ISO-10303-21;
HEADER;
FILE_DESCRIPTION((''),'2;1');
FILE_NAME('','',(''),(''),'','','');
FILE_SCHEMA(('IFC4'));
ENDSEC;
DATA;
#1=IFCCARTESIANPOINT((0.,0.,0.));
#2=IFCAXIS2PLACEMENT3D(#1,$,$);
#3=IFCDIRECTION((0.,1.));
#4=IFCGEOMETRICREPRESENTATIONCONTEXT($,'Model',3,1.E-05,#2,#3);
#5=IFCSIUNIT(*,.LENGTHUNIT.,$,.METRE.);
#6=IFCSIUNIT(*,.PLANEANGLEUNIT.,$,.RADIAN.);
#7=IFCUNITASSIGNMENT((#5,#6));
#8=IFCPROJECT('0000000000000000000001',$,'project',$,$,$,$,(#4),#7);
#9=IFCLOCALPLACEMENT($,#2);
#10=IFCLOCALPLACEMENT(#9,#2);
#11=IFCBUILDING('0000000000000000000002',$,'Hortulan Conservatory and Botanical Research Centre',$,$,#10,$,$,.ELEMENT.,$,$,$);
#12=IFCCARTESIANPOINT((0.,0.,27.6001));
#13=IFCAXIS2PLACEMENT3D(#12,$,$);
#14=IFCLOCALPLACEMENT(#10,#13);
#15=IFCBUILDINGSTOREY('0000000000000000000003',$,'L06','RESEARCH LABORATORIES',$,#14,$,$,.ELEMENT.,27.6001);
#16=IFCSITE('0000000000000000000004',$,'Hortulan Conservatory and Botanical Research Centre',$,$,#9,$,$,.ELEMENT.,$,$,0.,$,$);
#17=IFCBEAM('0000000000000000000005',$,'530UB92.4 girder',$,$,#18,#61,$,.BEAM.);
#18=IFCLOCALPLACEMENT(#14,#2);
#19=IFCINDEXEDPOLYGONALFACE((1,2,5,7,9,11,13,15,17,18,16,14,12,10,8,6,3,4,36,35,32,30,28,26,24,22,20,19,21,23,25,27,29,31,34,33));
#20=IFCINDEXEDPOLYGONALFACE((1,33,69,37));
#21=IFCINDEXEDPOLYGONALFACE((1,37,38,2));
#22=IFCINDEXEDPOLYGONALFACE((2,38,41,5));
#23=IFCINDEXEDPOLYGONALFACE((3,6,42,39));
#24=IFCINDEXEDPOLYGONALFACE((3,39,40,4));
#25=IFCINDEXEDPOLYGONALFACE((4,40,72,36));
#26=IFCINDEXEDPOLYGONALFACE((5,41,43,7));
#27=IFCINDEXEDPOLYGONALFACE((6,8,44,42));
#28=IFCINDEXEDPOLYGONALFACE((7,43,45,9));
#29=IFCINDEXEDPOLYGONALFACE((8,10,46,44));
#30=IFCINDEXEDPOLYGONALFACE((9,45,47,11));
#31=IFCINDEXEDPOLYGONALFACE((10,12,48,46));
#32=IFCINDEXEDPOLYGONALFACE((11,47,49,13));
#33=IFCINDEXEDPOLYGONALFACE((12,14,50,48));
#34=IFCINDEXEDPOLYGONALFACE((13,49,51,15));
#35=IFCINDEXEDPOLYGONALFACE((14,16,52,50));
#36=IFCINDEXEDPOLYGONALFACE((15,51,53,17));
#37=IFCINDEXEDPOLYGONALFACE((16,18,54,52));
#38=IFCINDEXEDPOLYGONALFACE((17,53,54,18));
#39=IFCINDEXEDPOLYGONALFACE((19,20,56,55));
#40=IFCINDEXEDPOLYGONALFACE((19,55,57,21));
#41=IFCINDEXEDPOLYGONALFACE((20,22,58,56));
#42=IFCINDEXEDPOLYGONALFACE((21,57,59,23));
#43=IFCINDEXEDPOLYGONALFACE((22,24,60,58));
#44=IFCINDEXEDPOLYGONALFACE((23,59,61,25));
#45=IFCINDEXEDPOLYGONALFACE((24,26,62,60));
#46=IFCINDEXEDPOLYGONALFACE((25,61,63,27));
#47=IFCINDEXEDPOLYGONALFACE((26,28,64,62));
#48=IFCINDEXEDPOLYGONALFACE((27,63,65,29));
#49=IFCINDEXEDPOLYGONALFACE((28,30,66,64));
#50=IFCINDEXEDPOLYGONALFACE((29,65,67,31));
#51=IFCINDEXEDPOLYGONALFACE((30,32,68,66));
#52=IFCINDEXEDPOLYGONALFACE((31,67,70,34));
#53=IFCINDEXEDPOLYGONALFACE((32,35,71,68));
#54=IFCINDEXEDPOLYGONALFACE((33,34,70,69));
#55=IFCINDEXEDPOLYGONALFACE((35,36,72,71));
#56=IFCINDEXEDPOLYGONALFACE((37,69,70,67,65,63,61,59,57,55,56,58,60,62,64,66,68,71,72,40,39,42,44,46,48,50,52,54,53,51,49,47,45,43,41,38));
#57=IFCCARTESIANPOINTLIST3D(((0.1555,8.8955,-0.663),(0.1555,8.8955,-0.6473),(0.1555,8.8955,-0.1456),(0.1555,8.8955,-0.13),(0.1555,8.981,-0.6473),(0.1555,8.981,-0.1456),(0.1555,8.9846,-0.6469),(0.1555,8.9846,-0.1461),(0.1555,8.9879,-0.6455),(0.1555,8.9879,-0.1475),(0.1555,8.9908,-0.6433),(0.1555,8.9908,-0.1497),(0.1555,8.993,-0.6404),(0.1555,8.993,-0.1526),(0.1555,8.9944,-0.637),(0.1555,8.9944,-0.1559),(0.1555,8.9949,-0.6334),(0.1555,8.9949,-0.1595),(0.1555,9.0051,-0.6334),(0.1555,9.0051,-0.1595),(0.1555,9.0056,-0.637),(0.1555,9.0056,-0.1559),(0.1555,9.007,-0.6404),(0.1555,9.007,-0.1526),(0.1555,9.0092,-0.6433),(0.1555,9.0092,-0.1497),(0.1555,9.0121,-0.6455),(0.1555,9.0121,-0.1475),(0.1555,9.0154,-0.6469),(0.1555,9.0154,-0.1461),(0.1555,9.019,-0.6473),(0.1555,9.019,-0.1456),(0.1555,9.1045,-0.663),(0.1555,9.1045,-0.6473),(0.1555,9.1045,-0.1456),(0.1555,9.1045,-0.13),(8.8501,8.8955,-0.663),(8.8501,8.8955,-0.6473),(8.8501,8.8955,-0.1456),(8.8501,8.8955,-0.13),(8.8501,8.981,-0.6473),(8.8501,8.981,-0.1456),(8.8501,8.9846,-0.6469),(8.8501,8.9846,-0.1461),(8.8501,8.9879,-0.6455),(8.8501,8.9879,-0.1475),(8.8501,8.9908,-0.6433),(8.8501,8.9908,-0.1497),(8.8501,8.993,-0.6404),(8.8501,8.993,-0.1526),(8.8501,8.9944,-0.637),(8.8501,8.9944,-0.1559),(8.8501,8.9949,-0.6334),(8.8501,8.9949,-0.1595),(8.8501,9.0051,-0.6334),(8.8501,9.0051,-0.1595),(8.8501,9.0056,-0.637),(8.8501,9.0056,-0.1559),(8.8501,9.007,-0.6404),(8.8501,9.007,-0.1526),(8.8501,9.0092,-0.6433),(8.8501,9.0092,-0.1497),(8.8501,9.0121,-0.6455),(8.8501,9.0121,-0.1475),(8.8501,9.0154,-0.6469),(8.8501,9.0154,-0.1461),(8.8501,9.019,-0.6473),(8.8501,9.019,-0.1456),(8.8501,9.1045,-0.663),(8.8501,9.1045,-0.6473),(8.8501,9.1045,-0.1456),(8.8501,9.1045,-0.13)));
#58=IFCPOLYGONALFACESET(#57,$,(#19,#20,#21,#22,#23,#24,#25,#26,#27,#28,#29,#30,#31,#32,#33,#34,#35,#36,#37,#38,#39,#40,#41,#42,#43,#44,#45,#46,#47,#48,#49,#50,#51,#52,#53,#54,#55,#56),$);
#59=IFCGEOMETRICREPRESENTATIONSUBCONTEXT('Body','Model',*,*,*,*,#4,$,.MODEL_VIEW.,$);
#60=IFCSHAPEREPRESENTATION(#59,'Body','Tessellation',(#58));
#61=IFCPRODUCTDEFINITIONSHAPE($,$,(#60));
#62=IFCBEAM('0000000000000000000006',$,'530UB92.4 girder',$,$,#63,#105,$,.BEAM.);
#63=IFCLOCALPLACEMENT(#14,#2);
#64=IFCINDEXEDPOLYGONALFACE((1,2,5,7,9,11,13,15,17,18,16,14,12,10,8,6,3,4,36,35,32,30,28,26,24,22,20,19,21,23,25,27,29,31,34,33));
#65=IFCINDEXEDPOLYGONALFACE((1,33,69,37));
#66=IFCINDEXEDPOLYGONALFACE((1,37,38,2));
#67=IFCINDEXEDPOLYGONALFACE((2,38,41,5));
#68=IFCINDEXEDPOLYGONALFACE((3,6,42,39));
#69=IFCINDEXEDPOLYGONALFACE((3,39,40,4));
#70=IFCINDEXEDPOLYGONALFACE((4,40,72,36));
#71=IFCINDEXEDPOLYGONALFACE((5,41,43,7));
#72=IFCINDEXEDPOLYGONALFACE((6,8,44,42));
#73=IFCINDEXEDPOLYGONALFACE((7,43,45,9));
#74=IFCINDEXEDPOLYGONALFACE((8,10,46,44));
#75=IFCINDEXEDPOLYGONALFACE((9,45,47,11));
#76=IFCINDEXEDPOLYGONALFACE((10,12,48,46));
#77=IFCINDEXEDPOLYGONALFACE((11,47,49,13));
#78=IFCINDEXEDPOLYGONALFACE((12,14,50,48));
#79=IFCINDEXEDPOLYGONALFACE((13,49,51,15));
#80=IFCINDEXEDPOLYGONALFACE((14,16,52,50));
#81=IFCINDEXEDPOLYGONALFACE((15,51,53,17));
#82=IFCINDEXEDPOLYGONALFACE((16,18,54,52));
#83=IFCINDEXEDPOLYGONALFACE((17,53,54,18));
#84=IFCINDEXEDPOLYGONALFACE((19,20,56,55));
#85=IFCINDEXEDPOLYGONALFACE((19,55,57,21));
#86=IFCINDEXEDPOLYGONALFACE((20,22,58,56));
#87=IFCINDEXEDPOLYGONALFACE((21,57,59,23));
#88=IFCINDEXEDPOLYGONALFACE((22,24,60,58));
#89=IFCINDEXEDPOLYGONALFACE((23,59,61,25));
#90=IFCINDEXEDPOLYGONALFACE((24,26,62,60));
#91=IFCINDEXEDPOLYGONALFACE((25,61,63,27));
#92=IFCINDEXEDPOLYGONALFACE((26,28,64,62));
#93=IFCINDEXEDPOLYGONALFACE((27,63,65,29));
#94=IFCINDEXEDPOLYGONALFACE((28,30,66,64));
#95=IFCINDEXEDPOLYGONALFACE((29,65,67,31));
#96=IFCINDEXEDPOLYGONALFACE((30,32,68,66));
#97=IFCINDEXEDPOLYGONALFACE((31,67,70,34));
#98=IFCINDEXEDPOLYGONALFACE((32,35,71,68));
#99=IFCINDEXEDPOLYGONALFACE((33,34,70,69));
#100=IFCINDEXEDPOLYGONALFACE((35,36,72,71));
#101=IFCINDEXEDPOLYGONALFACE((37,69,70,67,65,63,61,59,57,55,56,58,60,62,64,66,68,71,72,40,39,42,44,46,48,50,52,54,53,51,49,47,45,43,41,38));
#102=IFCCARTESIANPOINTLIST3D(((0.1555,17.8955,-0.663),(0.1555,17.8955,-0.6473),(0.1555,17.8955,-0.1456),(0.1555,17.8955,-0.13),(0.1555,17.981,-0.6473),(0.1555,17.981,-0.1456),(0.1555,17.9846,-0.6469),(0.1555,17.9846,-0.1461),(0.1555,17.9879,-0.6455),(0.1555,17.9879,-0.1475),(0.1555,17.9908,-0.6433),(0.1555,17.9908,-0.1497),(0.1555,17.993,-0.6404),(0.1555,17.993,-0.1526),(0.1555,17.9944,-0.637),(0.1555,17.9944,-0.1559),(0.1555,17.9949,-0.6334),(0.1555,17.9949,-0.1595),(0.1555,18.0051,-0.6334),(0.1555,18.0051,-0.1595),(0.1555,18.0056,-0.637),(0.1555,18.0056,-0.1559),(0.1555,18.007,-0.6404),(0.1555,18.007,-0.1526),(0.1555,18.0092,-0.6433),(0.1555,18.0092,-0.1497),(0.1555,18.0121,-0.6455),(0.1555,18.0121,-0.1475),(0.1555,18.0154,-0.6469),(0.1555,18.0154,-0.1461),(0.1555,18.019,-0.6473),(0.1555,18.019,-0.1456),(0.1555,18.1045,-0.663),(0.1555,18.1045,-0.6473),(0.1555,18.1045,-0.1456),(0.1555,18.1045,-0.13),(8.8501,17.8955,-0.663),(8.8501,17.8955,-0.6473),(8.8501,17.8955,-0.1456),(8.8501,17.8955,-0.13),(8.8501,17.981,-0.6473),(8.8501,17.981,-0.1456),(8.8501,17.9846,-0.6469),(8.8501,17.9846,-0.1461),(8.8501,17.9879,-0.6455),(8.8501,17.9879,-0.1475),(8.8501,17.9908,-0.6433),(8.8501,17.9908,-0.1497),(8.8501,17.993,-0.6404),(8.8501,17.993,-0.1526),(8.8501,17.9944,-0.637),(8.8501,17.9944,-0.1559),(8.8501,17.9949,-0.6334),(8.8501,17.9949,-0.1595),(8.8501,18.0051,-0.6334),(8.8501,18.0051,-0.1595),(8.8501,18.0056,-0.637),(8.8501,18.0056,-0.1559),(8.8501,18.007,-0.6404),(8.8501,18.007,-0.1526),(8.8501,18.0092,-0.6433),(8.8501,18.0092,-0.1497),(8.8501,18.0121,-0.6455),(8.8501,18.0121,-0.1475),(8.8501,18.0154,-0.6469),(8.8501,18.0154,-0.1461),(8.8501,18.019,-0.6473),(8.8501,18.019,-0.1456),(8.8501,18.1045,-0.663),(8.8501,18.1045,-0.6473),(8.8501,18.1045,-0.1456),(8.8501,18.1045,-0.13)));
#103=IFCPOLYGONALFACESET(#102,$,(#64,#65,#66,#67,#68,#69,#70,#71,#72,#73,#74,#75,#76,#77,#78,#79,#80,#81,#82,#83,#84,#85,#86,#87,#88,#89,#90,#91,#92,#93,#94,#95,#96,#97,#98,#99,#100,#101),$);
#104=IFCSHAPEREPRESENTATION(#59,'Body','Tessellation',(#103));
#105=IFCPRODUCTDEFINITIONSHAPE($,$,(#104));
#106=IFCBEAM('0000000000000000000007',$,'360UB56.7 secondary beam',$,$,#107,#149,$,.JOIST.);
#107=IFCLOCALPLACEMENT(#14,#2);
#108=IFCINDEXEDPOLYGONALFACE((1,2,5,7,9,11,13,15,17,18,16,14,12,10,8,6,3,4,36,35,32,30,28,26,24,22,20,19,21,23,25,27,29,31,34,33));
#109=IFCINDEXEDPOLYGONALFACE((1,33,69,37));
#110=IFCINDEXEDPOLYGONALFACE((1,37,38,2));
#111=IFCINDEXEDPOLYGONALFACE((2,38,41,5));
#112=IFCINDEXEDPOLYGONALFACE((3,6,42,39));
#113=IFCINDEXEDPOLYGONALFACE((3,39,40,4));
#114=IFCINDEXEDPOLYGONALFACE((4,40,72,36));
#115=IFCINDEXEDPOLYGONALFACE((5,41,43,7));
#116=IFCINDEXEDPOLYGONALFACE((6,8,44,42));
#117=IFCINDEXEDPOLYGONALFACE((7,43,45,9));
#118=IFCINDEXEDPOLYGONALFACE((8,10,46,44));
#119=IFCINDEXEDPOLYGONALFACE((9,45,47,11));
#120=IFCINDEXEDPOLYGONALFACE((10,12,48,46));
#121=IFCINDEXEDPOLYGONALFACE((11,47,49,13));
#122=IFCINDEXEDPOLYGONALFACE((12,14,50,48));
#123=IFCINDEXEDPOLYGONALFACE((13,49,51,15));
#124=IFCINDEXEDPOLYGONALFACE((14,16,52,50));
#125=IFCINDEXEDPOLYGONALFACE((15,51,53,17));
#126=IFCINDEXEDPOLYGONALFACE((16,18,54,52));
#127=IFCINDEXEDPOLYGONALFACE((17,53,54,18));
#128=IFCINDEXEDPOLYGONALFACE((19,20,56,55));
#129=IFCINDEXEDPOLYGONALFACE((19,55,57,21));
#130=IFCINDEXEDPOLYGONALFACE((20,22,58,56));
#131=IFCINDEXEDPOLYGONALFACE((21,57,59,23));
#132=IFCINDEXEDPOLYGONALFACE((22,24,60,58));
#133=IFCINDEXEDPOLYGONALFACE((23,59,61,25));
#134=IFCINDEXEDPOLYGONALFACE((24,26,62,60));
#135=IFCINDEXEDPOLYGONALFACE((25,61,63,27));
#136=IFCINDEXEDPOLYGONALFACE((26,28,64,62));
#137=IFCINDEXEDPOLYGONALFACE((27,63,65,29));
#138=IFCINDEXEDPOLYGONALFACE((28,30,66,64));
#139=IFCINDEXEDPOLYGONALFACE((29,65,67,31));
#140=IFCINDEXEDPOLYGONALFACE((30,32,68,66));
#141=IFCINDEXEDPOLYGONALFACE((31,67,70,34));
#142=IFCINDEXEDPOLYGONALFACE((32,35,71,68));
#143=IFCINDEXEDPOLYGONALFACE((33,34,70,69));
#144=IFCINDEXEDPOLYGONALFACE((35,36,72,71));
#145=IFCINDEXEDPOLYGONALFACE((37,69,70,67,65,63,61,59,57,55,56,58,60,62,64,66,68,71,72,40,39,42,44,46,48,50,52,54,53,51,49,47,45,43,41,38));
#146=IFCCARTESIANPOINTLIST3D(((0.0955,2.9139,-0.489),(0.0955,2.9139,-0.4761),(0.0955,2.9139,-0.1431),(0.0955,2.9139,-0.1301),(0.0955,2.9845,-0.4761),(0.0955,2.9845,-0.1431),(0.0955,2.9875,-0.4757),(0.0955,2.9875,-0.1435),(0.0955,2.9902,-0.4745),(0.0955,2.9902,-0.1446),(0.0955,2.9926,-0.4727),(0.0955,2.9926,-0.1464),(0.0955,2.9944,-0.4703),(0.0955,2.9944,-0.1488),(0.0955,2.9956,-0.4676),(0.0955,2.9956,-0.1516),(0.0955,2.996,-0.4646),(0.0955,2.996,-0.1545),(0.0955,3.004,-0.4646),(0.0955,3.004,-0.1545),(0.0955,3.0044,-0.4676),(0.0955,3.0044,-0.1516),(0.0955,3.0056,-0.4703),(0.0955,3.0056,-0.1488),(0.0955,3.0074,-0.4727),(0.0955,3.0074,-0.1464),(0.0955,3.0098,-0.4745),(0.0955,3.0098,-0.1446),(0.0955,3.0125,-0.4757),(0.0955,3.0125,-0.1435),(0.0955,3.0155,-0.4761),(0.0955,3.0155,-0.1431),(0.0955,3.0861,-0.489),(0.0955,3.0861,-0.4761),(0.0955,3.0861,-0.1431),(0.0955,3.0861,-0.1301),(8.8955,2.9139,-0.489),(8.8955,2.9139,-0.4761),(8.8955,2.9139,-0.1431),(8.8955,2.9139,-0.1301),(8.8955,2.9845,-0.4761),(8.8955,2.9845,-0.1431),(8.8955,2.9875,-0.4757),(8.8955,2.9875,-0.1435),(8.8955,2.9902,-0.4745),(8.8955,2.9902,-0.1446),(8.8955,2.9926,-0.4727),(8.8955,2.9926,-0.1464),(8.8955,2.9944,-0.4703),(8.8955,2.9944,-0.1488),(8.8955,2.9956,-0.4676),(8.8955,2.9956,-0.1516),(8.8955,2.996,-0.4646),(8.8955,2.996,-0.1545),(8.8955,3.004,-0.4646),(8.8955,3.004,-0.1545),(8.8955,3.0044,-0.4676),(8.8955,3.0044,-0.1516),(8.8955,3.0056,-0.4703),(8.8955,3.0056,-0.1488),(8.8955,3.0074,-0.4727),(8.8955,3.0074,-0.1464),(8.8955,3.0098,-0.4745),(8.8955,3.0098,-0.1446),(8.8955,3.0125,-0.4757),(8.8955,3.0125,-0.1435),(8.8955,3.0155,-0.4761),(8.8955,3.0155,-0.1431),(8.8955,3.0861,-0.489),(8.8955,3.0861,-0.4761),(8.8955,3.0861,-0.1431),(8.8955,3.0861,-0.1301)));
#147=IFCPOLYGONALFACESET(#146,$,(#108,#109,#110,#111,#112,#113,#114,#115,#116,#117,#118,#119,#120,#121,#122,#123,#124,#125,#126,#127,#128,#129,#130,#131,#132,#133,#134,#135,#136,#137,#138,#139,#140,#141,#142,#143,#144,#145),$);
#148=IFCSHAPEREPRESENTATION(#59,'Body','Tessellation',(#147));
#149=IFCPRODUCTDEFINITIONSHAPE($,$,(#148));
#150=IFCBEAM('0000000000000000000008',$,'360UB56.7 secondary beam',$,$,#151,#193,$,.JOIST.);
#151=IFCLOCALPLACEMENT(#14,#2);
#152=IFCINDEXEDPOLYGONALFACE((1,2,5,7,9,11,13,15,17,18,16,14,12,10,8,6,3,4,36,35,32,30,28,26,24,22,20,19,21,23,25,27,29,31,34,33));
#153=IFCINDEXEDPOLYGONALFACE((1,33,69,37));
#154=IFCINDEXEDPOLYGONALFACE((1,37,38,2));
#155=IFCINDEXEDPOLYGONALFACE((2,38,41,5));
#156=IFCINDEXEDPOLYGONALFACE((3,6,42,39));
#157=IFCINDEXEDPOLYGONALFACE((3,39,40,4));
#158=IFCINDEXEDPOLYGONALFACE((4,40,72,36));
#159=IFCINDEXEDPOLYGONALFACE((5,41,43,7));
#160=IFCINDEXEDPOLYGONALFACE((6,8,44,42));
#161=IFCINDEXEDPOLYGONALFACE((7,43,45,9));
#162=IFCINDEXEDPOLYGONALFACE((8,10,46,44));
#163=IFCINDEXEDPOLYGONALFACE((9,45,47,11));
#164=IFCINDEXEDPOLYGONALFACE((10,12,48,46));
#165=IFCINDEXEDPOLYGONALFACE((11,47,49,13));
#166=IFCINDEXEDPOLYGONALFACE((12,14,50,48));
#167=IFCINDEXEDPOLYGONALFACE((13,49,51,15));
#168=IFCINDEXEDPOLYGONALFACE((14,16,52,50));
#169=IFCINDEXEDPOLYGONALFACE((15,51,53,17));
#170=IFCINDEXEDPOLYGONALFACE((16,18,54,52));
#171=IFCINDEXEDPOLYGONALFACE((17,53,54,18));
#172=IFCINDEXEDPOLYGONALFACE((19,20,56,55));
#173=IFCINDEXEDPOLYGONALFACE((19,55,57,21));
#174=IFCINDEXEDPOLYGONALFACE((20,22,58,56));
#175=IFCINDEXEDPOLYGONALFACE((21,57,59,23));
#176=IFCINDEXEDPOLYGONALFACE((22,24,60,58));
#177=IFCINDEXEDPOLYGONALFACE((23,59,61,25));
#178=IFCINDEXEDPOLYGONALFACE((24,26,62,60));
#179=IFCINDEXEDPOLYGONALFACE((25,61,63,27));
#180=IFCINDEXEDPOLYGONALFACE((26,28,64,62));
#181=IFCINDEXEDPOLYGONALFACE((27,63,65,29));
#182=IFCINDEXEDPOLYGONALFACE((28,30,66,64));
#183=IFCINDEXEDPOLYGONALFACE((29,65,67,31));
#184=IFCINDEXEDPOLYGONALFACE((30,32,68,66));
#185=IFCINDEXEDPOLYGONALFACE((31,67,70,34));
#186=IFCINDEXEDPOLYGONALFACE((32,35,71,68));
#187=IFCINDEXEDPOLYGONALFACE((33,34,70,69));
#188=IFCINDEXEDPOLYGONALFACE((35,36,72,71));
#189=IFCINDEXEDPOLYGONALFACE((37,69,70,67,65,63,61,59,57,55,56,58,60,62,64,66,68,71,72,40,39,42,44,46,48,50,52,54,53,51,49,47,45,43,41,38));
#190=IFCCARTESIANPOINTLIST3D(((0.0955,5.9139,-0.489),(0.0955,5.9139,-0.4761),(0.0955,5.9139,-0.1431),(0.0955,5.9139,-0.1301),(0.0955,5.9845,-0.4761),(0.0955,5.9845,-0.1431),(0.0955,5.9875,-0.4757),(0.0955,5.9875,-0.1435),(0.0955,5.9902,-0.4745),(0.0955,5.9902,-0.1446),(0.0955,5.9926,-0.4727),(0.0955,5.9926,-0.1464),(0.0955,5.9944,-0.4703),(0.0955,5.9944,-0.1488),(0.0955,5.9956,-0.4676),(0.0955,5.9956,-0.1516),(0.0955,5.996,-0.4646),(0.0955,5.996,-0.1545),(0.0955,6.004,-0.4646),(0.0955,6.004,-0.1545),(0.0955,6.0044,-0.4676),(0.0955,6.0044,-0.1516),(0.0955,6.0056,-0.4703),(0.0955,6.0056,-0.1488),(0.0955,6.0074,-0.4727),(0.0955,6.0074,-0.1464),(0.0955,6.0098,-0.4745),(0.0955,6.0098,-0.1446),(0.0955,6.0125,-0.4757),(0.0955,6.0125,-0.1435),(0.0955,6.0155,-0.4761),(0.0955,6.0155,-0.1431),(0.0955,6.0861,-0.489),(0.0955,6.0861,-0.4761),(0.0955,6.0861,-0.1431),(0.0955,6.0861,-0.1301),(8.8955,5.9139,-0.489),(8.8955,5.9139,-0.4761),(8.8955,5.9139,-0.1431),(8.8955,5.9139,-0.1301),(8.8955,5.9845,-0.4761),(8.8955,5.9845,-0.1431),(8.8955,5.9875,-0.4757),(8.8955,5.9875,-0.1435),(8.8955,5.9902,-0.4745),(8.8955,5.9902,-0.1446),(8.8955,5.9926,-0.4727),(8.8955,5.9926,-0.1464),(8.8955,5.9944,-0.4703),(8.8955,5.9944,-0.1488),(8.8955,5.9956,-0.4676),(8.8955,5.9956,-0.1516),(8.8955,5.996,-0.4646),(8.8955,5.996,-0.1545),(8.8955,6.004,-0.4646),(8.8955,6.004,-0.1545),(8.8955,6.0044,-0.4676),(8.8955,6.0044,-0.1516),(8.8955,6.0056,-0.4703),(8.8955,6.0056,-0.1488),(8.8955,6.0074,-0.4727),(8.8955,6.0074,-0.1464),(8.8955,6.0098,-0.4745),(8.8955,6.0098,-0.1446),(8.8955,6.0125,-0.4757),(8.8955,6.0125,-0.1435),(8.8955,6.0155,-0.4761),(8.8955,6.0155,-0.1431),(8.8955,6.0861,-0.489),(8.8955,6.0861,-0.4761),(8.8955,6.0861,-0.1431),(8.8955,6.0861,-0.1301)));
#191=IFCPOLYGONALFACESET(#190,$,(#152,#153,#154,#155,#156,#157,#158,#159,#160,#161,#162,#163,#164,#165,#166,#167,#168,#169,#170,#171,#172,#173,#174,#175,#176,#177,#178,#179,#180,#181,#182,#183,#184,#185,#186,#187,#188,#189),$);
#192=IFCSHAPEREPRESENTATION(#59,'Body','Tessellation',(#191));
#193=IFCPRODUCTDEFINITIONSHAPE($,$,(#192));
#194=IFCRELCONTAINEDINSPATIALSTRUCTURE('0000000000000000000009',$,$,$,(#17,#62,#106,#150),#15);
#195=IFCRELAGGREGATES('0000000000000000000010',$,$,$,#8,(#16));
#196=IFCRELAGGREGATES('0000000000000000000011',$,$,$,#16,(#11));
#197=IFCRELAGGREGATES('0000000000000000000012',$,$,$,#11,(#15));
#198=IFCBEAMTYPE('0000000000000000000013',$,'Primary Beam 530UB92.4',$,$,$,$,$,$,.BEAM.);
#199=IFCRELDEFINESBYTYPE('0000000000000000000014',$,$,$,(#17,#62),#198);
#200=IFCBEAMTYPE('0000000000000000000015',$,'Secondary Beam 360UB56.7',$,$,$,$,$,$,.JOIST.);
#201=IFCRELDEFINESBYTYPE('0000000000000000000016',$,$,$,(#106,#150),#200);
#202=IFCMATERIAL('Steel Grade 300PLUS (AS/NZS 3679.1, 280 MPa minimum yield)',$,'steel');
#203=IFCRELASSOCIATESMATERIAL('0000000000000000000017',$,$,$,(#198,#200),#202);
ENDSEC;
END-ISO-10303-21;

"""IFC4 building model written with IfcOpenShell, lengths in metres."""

from ifc_helpers import new_model, si_unit, direction, frame, origin, origin_2d, place, context, subcontext, project, spatial, i_section, extrude, material, material_profile, profile_set, type_object, element, save


model = new_model("IFC4")

# Units and contexts
model_context = context("Model", 3, precision=1e-05, world=origin(), true_north=direction((0.0, 1.0)))
body_context = subcontext(model_context, "Body", "Model", "MODEL_VIEW")
ifc_project = project(units=[si_unit("LENGTHUNIT", "METRE"), si_unit("PLANEANGLEUNIT", "RADIAN")], contexts=[model_context])

# Site, building, storey
site_placement = place(None, origin())
site = spatial("IfcSite", under=ifc_project, at=site_placement, Name="Hortulan Conservatory and Botanical Research Centre", CompositionType="ELEMENT", RefElevation=0.0)
building_placement = place(site_placement, origin())
building = spatial("IfcBuilding", under=site, at=building_placement, Name="Hortulan Conservatory and Botanical Research Centre", CompositionType="ELEMENT")
storey_placement = place(building_placement, frame((0.0, 0.0, 27.6001)))
storey = spatial("IfcBuildingStorey", under=building, at=storey_placement, Name="L06", Description="RESEARCH LABORATORIES", CompositionType="ELEMENT", Elevation=27.6001)

# Shared definitions
ifc_material_1 = material(Name="Steel Grade 300PLUS (AS/NZS 3679.1, 280 MPa minimum yield)", Category="steel")

# Beams
ifc_material_profile_1 = material_profile(ifc_material_1, i_section(OverallWidth=0.209, OverallDepth=0.533, WebThickness=0.0103, FlangeThickness=0.0156, FilletRadius=0.0139, at=origin_2d()), Name="530UB92.4")
ifc_profile_set_1 = profile_set([ifc_material_profile_1], Name="Steel Grade 300PLUS (AS/NZS 3679.1, 280 MPa minimum yield)")
beam_type_1 = type_object("IfcBeamType", Name="Primary Beam 530UB92.4", PredefinedType="BEAM", material=ifc_profile_set_1)
for number, where, z_axis, x_axis, name in (
    (1, (0.1555, 9.0, -0.3965), (1.0, 0.0, 0.0), (0.0, 1.0, 0.0), "530UB92.4 girder"),
    (2, (0.1555, 18.0, -0.3965), (1.0, 0.0, 0.0), (0.0, 1.0, 0.0), "530UB92.4 girder"),
):
    element("IfcBeam", number, at=place(storey_placement, frame(where, z_axis=z_axis, x_axis=x_axis)), inside=storey, type_object=beam_type_1, Name=name, PredefinedType="BEAM", context=body_context, shape_type="SweptSolid", body=[
        extrude(i_section(OverallWidth=0.209, OverallDepth=0.533, WebThickness=0.0103, FlangeThickness=0.0156, FilletRadius=0.0139, at=origin_2d()), origin(), (0.0, 0.0, 1.0), 8.6946),
    ])
ifc_material_profile_2 = material_profile(ifc_material_1, i_section(OverallWidth=0.1721, OverallDepth=0.3589, WebThickness=0.0081, FlangeThickness=0.0129, FilletRadius=0.0115, at=origin_2d()), Name="360UB56.7")
ifc_profile_set_2 = profile_set([ifc_material_profile_2], Name="Steel Grade 300PLUS (AS/NZS 3679.1, 280 MPa minimum yield)")
beam_type_2 = type_object("IfcBeamType", Name="Secondary Beam 360UB56.7", PredefinedType="JOIST", material=ifc_profile_set_2)
for number, where, z_axis, x_axis, name in (
    (3, (0.0955, 3.0, -0.3096), (1.0, 0.0, 0.0), (0.0, 1.0, 0.0), "360UB56.7 secondary beam"),
    (4, (0.0955, 6.0, -0.3096), (1.0, 0.0, 0.0), (0.0, 1.0, 0.0), "360UB56.7 secondary beam"),
):
    element("IfcBeam", number, at=place(storey_placement, frame(where, z_axis=z_axis, x_axis=x_axis)), inside=storey, type_object=beam_type_2, Name=name, PredefinedType="JOIST", context=body_context, shape_type="SweptSolid", body=[
        extrude(i_section(OverallWidth=0.1721, OverallDepth=0.3589, WebThickness=0.0081, FlangeThickness=0.0129, FilletRadius=0.0115, at=origin_2d()), origin(), (0.0, 0.0, 1.0), 8.8),
    ])

save(model, "model.ifc")
